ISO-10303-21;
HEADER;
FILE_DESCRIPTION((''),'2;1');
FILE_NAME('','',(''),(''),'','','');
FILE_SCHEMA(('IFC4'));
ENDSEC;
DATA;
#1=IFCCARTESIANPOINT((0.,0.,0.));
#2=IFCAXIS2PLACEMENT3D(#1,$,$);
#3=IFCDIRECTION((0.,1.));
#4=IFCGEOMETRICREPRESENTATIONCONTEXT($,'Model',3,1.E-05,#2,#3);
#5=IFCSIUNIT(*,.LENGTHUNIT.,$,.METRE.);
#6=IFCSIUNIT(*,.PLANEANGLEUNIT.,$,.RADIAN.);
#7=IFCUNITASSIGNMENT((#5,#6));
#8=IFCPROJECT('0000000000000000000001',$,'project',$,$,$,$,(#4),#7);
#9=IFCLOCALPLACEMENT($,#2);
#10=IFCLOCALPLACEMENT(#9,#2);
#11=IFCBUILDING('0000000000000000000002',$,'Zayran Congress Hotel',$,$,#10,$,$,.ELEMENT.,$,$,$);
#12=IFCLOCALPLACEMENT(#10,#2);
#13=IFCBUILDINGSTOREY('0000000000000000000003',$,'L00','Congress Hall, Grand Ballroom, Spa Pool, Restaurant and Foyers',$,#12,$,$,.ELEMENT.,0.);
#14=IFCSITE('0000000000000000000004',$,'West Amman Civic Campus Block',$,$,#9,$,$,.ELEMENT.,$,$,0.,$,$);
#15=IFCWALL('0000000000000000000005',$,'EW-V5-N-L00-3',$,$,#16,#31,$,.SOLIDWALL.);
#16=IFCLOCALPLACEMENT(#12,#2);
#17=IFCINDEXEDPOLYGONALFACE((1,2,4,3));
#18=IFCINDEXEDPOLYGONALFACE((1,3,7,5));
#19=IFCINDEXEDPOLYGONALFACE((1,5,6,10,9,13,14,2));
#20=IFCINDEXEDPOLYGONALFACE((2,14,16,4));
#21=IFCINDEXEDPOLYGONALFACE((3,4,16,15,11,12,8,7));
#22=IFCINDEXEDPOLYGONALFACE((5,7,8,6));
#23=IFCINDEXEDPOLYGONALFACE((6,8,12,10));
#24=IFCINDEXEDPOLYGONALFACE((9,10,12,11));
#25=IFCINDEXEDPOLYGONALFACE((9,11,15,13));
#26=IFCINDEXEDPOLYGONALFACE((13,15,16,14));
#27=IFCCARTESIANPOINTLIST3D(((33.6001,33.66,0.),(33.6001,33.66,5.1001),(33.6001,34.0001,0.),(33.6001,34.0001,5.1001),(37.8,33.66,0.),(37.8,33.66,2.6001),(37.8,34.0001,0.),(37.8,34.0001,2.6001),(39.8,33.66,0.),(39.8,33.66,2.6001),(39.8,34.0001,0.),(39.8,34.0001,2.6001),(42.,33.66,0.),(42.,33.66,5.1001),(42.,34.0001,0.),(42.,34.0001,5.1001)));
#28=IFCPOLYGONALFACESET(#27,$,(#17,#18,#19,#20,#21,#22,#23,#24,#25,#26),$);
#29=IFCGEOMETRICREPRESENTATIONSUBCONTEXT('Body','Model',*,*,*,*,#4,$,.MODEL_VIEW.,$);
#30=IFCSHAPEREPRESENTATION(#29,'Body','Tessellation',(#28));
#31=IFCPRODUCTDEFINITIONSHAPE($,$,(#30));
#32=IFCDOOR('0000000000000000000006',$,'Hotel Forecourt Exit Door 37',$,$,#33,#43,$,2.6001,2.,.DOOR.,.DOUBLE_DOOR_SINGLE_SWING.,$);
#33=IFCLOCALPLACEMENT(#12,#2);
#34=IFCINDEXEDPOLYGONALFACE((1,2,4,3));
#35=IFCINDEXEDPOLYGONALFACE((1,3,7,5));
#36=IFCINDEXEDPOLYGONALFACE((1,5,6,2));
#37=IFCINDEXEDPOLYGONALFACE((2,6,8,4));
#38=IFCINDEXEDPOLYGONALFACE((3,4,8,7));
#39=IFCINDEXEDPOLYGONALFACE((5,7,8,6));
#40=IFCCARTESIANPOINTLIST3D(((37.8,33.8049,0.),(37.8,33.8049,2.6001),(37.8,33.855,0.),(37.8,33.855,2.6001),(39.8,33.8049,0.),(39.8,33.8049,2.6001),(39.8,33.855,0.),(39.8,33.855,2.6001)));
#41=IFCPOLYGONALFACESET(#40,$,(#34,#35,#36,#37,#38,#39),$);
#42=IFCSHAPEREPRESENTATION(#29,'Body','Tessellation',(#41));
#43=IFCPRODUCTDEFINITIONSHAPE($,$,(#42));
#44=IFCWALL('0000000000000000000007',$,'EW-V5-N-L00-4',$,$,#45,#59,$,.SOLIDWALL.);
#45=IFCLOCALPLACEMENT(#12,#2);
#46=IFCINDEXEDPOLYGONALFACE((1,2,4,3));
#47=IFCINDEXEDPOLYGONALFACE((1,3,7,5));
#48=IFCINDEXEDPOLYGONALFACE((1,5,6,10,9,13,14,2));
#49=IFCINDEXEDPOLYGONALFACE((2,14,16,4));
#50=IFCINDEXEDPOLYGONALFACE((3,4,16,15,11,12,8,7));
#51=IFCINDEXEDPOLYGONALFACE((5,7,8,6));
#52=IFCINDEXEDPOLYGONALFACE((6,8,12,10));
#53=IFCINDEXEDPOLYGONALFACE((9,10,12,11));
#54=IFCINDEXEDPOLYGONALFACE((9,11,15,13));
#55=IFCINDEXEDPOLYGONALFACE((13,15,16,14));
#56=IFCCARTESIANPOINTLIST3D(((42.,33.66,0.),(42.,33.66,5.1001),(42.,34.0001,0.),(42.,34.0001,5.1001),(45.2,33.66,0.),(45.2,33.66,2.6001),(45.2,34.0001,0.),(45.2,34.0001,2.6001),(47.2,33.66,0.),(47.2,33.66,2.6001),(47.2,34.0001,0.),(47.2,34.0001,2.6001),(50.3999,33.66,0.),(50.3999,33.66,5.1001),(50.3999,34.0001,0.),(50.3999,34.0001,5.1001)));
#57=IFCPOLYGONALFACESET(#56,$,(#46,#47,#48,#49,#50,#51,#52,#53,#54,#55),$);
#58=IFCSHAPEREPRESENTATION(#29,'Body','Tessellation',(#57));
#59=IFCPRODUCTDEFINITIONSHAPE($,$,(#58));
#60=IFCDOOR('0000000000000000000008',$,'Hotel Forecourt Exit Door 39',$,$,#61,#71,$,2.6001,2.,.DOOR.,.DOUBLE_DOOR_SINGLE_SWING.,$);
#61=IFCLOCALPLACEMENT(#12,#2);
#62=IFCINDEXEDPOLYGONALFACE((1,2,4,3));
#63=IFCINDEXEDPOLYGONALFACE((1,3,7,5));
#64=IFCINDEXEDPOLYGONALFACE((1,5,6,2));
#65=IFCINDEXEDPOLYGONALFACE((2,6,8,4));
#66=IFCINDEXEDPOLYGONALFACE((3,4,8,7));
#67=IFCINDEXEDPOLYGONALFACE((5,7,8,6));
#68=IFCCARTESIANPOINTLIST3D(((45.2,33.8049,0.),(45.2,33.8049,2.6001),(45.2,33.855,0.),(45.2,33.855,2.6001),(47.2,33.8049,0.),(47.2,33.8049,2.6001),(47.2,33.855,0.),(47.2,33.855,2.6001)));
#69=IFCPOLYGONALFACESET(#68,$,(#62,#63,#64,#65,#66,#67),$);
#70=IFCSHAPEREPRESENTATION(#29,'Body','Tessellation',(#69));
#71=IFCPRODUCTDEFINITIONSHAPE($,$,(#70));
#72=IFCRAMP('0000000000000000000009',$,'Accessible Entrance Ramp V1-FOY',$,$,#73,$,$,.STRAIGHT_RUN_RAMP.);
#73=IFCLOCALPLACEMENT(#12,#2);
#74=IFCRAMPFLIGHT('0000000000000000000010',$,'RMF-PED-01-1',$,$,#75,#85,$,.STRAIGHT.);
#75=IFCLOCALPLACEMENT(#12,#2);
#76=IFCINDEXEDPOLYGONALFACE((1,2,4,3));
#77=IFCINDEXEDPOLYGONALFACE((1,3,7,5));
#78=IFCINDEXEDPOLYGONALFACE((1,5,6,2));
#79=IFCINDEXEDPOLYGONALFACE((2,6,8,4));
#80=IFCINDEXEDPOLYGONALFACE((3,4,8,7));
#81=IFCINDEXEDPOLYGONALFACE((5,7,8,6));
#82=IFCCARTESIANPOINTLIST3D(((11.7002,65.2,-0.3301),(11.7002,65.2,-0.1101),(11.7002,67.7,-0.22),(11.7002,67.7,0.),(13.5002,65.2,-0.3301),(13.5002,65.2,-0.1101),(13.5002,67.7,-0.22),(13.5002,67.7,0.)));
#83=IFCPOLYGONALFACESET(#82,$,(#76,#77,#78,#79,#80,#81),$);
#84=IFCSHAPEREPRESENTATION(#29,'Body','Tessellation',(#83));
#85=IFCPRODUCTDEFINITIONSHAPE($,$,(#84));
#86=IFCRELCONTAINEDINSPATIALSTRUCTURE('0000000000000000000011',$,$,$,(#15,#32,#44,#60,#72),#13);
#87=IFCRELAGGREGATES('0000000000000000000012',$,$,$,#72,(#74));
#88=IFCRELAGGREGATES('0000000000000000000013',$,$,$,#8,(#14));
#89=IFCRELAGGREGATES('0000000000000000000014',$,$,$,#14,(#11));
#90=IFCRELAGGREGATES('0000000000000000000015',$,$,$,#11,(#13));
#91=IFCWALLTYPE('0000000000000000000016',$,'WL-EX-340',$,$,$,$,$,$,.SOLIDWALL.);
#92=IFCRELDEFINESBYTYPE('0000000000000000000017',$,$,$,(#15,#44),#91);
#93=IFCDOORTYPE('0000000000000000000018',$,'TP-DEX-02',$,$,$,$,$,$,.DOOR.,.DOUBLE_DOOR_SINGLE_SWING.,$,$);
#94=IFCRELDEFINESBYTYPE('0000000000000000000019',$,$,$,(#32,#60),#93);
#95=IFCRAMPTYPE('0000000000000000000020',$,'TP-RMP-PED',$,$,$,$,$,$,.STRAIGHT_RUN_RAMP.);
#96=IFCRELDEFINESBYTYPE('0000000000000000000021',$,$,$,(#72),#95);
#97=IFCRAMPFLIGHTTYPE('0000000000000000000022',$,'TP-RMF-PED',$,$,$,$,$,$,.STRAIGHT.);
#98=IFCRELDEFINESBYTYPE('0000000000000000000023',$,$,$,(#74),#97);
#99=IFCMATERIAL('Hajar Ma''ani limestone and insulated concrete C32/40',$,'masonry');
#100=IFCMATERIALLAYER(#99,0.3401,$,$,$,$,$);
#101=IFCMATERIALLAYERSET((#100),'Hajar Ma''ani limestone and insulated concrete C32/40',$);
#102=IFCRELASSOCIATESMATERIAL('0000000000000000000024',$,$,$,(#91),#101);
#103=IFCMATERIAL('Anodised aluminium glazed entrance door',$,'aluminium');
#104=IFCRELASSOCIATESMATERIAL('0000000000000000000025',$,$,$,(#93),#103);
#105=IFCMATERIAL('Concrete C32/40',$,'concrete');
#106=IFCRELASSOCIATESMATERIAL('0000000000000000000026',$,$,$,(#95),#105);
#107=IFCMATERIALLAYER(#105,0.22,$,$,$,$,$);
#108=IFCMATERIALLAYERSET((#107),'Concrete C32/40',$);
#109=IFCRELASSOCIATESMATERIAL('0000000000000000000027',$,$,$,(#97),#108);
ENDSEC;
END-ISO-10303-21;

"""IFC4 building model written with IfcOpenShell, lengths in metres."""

from ifc_helpers import new_model, si_unit, direction, frame, frame_2d, origin, place, context, subcontext, project, spatial, polyline, rectangle, outline, extrude, material, layer, layer_set, type_object, element, fill, aggregate, save


model = new_model("IFC4")

# Units and contexts
model_context = context("Model", 3, precision=1e-05, world=origin(), true_north=direction((0.0, 1.0)))
body_context = subcontext(model_context, "Body", "Model", "MODEL_VIEW")
ifc_project = project(units=[si_unit("LENGTHUNIT", "METRE"), si_unit("PLANEANGLEUNIT", "RADIAN")], contexts=[model_context])

# Site, building, storey
site_placement = place(None, origin())
site = spatial("IfcSite", under=ifc_project, at=site_placement, Name="West Amman Civic Campus Block", CompositionType="ELEMENT", RefElevation=0.0)
building_placement = place(site_placement, origin())
building = spatial("IfcBuilding", under=site, at=building_placement, Name="Zayran Congress Hotel", CompositionType="ELEMENT")
storey_placement = place(building_placement, origin())
storey = spatial("IfcBuildingStorey", under=building, at=storey_placement, Name="L00", Description="Congress Hall, Grand Ballroom, Spa Pool, Restaurant and Foyers", CompositionType="ELEMENT", Elevation=0.0)

# Shared definitions
ifc_material_1 = material(Name="Hajar Ma'ani limestone and insulated concrete C32/40", Category="masonry")
ifc_layer_1 = layer(ifc_material_1, 0.3401)
ifc_layer_set_1 = layer_set([ifc_layer_1], Name="Hajar Ma'ani limestone and insulated concrete C32/40")
wall_type = type_object("IfcWallType", Name="WL-EX-340", PredefinedType="SOLIDWALL", material=ifc_layer_set_1)

# Shared definitions
ifc_material_2 = material(Name="Anodised aluminium glazed entrance door", Category="aluminium")
door_type = type_object("IfcDoorType", Name="TP-DEX-02", OperationType="DOUBLE_DOOR_SINGLE_SWING", PredefinedType="DOOR", material=ifc_material_2)

# Walls, openings, doors
wall_1_placement = place(storey_placement, frame((33.6001, 33.8301, 0.0), z_axis=(0.0, 0.0, 1.0), x_axis=(1.0, 0.0, 0.0)))
wall_1 = element("IfcWall", 1, at=wall_1_placement, inside=storey, type_object=wall_type, Name="EW-V5-N-L00-3", PredefinedType="SOLIDWALL", context=body_context, shape_type="SweptSolid", body=[
    extrude(rectangle(XDim=8.3999, YDim=0.3401, at=frame_2d((4.2, 0.0))), origin(), (0.0, 0.0, 1.0), 5.1001),
])
opening_1_placement = place(wall_1_placement, frame((4.2, 0.0, 0.0)))
opening_1 = element("IfcOpeningElement", 2, at=opening_1_placement, cuts=wall_1, PredefinedType="OPENING", context=body_context, shape_type="SweptSolid", body=[
    extrude(rectangle(XDim=2.0, YDim=2.6001, at=frame_2d((1.0, 1.3))), frame((0.0, 0.1799, 0.0), z_axis=(0.0, -1.0, 0.0), x_axis=(1.0, 0.0, 0.0)), (0.0, 0.0, 1.0), 0.3601),
])
door_1_placement = place(opening_1_placement, origin())
door_1 = element("IfcDoor", 3, at=door_1_placement, inside=storey, type_object=door_type, Name="Hotel Forecourt Exit Door 37", OperationType="DOUBLE_DOOR_SINGLE_SWING", OverallHeight=2.6001, OverallWidth=2.0, PredefinedType="DOOR", context=body_context, shape_type="SweptSolid", body=[
    extrude(rectangle(XDim=2.0, YDim=2.6001, at=frame_2d((1.0, 1.3))), frame((0.0, 0.0249, 0.0), z_axis=(0.0, -1.0, 0.0), x_axis=(1.0, 0.0, 0.0)), (0.0, 0.0, 1.0), 0.05),
])
fill(opening_1, door_1)
wall_2_placement = place(storey_placement, frame((42.0, 33.8301, 0.0), z_axis=(0.0, 0.0, 1.0), x_axis=(1.0, 0.0, 0.0)))
wall_2 = element("IfcWall", 4, at=wall_2_placement, inside=storey, type_object=wall_type, Name="EW-V5-N-L00-4", PredefinedType="SOLIDWALL", context=body_context, shape_type="SweptSolid", body=[
    extrude(rectangle(XDim=8.3999, YDim=0.3401, at=frame_2d((4.2, 0.0))), origin(), (0.0, 0.0, 1.0), 5.1001),
])
opening_2_placement = place(wall_2_placement, frame((3.2, 0.0, 0.0)))
opening_2 = element("IfcOpeningElement", 5, at=opening_2_placement, cuts=wall_2, PredefinedType="OPENING", context=body_context, shape_type="SweptSolid", body=[
    extrude(rectangle(XDim=2.0, YDim=2.6001, at=frame_2d((1.0, 1.3))), frame((0.0, 0.1799, 0.0), z_axis=(0.0, -1.0, 0.0), x_axis=(1.0, 0.0, 0.0)), (0.0, 0.0, 1.0), 0.3601),
])
door_2_placement = place(opening_2_placement, origin())
door_2 = element("IfcDoor", 6, at=door_2_placement, inside=storey, type_object=door_type, Name="Hotel Forecourt Exit Door 39", OperationType="DOUBLE_DOOR_SINGLE_SWING", OverallHeight=2.6001, OverallWidth=2.0, PredefinedType="DOOR", context=body_context, shape_type="SweptSolid", body=[
    extrude(rectangle(XDim=2.0, YDim=2.6001, at=frame_2d((1.0, 1.3))), frame((0.0, 0.0249, 0.0), z_axis=(0.0, -1.0, 0.0), x_axis=(1.0, 0.0, 0.0)), (0.0, 0.0, 1.0), 0.05),
])
fill(opening_2, door_2)

# Ramp, ramp flight
ifc_material_3 = material(Name="Concrete C32/40", Category="concrete")
ramp_type = type_object("IfcRampType", Name="TP-RMP-PED", PredefinedType="STRAIGHT_RUN_RAMP", material=ifc_material_3)
ramp_placement = place(storey_placement, origin())
ramp = element("IfcRamp", 7, at=ramp_placement, inside=storey, type_object=ramp_type, Name="Accessible Entrance Ramp V1-FOY", PredefinedType="STRAIGHT_RUN_RAMP")
ifc_layer_2 = layer(ifc_material_3, 0.22)
ifc_layer_set_2 = layer_set([ifc_layer_2], Name="Concrete C32/40")
ramp_flight_type = type_object("IfcRampFlightType", Name="TP-RMF-PED", PredefinedType="STRAIGHT", material=ifc_layer_set_2)
ramp_flight_placement = place(storey_placement, frame((12.6001, 65.2, -0.1101), z_axis=(0.0, 0.0, 1.0), x_axis=(0.0, 1.0, 0.0)))
ramp_flight = element("IfcRampFlight", 8, at=ramp_flight_placement, type_object=ramp_flight_type, Name="RMF-PED-01-1", PredefinedType="STRAIGHT", context=body_context, shape_type="SweptSolid", body=[
    extrude(outline(polyline([(0.0, 0.0), (2.5, 0.1101), (2.5, -0.1099), (0.0, -0.22), (0.0, 0.0)])), frame((0.0, 0.8999, 0.0), z_axis=(0.0, -1.0, 0.0), x_axis=(1.0, 0.0, 0.0)), (0.0, 0.0, 1.0), 1.8),
])
aggregate(ramp, [ramp_flight])

save(model, "model.ifc")
